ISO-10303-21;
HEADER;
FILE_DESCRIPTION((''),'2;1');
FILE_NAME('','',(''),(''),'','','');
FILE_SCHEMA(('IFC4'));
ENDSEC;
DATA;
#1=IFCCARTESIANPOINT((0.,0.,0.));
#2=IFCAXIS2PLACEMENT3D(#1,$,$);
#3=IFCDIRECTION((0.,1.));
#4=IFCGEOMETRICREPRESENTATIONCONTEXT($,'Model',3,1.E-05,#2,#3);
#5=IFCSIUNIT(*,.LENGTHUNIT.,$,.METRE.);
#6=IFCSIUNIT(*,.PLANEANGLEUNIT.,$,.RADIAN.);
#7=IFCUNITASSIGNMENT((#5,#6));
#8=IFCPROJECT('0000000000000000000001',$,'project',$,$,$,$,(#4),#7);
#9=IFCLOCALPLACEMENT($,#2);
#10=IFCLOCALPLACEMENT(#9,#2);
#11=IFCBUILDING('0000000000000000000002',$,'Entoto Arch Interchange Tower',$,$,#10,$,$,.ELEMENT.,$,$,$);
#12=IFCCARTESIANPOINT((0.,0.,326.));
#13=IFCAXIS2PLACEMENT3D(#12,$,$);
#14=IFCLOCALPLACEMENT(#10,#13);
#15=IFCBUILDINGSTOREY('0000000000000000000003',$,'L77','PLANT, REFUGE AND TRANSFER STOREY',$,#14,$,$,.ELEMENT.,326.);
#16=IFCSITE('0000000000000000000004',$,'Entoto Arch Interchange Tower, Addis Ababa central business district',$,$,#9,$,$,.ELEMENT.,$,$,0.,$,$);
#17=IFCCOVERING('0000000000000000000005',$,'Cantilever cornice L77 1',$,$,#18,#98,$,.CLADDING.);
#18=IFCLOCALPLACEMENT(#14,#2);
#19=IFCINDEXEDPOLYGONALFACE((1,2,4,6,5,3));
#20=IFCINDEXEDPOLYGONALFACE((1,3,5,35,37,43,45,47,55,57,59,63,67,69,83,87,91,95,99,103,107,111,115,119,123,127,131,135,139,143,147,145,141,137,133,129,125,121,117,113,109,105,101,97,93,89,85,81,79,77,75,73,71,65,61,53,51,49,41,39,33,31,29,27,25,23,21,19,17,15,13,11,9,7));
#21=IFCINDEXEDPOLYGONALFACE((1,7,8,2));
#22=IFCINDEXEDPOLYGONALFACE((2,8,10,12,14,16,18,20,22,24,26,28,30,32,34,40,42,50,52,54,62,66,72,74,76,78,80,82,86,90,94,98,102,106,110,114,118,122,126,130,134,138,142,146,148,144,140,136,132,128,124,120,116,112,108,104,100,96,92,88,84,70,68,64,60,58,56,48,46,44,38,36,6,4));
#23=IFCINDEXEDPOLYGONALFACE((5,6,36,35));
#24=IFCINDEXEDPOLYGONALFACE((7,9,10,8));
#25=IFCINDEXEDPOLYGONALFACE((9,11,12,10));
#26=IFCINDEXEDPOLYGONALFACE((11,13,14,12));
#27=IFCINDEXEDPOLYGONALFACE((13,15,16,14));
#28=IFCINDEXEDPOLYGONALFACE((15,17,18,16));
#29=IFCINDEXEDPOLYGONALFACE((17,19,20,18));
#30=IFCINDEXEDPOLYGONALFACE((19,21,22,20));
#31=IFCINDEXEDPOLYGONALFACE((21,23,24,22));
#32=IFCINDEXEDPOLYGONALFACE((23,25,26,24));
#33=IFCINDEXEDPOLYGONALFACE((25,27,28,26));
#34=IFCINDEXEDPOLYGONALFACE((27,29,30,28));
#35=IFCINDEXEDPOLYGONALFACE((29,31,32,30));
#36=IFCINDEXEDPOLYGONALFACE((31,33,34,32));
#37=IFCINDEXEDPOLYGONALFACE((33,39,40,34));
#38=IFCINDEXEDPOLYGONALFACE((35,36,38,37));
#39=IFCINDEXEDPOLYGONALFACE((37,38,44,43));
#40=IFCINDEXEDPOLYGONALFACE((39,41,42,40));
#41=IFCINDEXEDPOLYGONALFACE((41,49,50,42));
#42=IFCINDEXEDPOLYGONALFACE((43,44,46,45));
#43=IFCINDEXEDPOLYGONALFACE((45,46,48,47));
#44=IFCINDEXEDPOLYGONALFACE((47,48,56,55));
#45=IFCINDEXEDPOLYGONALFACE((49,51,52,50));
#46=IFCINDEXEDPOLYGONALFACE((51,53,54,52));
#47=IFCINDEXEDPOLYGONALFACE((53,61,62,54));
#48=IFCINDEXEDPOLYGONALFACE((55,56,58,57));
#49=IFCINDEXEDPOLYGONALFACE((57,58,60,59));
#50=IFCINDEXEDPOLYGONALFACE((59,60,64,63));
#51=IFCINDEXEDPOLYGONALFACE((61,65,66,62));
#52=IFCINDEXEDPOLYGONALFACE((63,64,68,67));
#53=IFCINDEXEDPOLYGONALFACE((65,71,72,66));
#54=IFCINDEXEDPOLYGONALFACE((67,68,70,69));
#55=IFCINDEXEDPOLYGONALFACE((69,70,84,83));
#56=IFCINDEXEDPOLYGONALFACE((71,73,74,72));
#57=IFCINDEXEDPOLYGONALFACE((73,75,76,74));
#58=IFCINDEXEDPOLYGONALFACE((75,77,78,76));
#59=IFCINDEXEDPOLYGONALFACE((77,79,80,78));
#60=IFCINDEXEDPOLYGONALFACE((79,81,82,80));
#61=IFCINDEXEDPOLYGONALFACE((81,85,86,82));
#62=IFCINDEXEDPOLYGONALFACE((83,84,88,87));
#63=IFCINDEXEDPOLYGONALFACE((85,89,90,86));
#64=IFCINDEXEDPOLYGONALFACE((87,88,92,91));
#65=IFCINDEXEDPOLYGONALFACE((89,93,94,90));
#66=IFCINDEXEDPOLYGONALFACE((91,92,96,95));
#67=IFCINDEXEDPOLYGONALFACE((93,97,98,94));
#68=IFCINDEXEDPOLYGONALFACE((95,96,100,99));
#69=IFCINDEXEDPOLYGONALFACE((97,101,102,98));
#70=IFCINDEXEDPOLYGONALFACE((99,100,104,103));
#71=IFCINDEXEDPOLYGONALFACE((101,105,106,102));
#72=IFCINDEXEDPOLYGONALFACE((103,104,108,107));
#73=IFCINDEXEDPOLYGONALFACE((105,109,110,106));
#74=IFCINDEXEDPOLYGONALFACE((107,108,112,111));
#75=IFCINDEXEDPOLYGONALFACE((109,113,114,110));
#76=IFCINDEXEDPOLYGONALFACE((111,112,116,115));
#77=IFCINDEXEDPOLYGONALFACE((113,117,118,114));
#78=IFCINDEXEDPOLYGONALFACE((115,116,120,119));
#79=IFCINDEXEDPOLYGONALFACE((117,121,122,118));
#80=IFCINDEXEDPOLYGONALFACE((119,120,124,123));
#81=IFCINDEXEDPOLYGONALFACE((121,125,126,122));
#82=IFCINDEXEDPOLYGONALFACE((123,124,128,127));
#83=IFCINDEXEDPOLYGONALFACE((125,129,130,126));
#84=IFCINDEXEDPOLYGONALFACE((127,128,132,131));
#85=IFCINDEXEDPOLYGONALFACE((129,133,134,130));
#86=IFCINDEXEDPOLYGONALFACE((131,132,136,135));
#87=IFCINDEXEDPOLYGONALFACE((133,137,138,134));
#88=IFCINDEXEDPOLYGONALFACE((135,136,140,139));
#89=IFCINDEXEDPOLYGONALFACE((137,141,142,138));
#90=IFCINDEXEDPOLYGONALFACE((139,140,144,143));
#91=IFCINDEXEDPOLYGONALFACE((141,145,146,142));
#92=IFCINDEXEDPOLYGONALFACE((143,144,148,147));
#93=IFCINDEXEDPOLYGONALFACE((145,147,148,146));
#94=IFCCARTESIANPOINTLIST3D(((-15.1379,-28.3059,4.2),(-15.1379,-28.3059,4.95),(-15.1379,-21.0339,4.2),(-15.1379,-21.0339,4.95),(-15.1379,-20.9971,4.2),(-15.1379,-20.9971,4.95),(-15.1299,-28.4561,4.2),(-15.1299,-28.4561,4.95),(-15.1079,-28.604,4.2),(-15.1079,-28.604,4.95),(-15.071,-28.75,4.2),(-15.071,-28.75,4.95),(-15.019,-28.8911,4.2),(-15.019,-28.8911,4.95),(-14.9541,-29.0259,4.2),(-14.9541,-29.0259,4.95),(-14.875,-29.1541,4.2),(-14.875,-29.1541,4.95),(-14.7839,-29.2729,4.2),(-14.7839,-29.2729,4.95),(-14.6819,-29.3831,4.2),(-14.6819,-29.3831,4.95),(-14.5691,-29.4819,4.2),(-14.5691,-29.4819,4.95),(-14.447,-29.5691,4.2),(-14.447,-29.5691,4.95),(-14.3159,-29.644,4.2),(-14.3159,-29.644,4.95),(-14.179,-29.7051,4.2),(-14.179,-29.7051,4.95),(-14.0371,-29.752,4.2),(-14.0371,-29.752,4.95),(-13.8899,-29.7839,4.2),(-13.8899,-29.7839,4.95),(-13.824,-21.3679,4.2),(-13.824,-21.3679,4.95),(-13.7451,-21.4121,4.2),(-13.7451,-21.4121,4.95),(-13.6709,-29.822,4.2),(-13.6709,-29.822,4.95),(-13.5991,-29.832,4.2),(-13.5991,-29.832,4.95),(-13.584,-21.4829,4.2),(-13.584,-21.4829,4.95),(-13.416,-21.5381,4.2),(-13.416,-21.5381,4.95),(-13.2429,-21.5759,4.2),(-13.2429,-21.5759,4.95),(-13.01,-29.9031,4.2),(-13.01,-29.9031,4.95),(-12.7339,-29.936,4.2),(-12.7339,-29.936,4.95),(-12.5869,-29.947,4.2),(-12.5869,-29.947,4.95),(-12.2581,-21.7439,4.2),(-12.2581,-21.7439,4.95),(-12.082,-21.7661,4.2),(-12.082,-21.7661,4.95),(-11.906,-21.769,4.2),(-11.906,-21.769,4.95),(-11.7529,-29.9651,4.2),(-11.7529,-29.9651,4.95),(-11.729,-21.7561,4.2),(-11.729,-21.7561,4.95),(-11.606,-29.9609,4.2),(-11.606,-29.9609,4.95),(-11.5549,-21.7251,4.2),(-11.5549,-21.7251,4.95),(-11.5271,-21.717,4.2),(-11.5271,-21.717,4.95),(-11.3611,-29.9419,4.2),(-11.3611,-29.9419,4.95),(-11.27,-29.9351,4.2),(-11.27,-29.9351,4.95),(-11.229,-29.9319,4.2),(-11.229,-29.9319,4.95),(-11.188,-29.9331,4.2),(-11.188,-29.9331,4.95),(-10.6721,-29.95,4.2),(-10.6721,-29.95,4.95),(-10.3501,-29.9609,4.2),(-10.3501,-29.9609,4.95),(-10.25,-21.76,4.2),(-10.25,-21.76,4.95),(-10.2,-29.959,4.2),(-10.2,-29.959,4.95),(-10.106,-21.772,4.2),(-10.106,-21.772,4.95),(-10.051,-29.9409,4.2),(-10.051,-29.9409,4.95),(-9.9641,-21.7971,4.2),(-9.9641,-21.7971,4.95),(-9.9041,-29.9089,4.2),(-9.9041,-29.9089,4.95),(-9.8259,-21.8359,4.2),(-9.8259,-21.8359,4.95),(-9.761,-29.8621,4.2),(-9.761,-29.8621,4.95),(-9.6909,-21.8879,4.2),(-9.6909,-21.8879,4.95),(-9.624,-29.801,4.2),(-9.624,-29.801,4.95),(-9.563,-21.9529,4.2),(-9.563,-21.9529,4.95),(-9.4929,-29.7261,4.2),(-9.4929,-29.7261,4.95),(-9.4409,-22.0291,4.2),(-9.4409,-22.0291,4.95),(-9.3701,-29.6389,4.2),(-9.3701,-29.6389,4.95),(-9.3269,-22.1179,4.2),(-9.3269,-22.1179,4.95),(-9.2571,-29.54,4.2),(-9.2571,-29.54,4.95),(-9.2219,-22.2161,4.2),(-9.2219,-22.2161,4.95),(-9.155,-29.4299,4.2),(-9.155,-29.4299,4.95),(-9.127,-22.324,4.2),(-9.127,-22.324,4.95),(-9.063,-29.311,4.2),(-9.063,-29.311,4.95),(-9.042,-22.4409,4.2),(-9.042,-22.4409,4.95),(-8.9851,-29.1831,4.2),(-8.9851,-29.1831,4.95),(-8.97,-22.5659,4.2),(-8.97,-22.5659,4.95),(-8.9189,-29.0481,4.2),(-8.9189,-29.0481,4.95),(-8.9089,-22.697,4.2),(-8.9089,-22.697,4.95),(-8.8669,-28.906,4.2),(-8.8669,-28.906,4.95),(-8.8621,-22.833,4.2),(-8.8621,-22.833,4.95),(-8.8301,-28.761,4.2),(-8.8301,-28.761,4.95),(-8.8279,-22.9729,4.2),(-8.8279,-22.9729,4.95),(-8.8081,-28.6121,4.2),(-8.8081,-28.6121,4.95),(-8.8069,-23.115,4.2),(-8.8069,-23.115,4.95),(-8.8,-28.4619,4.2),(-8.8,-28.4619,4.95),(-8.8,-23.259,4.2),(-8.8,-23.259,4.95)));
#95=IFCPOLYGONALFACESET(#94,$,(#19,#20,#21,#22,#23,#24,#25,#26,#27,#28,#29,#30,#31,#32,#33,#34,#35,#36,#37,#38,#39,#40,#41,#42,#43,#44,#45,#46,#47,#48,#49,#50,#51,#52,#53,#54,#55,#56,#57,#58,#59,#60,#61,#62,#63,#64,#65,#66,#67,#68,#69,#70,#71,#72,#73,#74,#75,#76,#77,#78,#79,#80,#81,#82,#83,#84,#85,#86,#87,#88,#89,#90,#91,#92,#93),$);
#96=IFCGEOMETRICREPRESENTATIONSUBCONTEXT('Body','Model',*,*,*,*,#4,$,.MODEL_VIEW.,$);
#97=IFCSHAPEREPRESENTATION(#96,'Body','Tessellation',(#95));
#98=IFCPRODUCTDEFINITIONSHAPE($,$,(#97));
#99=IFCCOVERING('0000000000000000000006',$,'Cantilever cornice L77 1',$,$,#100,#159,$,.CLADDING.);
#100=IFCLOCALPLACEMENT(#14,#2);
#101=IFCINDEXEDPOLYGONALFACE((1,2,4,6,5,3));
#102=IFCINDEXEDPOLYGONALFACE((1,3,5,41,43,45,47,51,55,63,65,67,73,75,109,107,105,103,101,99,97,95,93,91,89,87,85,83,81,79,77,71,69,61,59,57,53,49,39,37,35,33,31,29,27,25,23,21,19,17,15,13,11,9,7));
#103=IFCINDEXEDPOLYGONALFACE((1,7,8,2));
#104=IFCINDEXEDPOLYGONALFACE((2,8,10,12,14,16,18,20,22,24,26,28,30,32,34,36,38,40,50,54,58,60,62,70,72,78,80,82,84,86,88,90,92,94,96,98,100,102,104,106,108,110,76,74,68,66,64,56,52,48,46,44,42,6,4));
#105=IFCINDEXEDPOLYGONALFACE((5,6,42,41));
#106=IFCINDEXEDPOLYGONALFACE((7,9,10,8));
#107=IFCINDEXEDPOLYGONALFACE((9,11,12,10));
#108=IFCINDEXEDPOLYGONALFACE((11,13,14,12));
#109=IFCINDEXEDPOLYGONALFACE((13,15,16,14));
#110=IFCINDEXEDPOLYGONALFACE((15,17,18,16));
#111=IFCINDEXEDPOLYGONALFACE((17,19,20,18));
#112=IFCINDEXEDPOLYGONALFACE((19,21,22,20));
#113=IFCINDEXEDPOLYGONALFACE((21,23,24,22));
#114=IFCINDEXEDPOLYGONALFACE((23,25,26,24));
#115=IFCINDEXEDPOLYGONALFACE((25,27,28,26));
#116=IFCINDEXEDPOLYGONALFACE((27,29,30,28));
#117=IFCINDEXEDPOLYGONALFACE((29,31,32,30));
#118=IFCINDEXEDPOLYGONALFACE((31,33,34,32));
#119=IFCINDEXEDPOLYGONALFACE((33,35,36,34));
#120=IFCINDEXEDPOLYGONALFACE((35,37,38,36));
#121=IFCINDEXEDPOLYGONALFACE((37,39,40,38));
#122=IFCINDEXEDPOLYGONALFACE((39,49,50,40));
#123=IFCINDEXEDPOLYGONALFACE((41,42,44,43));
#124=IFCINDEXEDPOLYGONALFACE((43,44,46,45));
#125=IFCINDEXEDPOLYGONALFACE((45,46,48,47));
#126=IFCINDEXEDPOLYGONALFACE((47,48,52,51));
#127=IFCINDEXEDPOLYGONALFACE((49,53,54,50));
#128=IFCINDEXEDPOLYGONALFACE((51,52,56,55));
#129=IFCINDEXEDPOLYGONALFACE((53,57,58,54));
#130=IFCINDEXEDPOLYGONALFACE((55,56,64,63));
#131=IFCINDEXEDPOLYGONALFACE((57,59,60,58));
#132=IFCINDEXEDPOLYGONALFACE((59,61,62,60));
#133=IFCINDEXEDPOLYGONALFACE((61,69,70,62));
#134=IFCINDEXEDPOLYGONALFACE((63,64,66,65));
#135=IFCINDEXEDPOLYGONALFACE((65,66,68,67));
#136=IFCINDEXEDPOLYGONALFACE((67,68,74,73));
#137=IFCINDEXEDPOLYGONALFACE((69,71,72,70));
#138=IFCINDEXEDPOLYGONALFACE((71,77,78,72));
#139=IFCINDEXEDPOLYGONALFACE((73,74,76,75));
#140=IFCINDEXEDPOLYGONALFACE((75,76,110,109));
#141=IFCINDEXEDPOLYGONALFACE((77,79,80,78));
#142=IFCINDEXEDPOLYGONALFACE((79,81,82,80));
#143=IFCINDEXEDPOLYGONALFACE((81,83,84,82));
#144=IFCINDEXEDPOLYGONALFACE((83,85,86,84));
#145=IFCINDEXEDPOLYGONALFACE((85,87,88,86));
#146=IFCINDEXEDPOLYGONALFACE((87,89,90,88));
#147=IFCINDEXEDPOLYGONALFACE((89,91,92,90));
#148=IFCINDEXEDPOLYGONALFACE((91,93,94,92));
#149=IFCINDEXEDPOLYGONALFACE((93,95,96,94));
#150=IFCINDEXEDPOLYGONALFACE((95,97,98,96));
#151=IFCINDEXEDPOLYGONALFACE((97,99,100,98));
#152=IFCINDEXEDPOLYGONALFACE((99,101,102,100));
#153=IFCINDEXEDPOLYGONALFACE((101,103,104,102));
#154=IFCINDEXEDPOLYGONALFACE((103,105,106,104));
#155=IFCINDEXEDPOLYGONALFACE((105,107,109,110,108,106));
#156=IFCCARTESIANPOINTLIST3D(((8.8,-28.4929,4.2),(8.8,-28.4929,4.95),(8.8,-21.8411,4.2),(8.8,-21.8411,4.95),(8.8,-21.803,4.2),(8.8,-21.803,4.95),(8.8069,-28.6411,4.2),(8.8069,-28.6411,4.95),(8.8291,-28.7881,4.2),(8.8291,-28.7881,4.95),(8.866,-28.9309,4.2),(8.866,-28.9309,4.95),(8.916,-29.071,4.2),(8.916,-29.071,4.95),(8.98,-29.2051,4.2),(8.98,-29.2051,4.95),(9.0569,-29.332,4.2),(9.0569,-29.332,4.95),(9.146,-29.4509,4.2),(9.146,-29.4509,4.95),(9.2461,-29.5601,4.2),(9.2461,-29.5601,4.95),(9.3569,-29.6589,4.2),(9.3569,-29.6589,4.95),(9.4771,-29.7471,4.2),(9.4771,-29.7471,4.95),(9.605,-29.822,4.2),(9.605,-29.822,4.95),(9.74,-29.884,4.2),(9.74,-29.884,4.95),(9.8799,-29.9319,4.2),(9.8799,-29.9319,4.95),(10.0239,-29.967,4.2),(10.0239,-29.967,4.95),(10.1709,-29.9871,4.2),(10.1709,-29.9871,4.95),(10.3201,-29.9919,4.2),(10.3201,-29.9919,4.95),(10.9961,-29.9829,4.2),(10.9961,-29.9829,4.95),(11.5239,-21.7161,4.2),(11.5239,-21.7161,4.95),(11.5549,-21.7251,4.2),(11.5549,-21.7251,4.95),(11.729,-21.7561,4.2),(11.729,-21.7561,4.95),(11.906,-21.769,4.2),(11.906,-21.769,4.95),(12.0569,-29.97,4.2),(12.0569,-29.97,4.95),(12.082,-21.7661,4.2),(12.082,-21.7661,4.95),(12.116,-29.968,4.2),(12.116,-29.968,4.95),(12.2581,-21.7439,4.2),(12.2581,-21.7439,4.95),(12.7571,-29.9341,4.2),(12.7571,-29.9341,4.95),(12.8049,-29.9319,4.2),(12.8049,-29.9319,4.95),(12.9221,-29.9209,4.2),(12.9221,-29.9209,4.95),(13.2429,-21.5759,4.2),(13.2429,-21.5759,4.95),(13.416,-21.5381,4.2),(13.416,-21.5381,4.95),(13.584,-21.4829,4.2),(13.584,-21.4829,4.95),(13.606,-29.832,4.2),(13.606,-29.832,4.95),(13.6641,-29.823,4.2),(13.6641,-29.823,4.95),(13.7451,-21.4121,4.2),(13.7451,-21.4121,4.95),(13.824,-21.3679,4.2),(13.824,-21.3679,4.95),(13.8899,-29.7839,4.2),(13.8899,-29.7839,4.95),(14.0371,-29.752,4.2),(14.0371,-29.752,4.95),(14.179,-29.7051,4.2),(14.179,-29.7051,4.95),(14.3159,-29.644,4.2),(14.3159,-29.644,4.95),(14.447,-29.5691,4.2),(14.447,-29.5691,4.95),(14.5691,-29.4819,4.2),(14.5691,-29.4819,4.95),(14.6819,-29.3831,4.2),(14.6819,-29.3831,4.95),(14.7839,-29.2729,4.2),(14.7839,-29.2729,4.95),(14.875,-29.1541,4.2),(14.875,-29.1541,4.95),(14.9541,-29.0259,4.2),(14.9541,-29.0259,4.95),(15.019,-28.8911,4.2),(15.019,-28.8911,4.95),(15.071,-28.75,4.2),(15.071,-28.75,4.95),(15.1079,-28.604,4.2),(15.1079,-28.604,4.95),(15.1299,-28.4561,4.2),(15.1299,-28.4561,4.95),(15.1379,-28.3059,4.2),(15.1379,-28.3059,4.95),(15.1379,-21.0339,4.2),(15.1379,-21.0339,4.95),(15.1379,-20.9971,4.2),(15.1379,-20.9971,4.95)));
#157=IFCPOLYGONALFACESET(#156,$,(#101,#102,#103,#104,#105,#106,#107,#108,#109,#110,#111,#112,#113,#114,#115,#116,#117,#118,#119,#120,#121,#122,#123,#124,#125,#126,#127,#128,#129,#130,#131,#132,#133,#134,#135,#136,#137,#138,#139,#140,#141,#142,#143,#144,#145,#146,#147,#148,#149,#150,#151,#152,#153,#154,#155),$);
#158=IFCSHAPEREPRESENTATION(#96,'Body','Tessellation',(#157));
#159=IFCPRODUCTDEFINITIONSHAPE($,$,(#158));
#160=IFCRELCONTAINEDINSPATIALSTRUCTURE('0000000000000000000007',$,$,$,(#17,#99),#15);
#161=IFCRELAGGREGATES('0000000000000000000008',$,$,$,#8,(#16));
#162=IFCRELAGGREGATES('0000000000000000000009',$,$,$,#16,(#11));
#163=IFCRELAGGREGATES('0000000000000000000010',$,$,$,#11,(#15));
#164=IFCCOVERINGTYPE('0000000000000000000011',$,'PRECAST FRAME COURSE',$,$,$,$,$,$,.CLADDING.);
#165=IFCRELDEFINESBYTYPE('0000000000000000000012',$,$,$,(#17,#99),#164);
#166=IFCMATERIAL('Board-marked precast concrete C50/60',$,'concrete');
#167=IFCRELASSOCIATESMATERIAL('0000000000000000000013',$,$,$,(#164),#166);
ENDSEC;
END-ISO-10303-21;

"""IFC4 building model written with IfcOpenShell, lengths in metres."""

from ifc_helpers import new_model, si_unit, direction, frame, origin, place, context, subcontext, project, spatial, polyline, outline, extrude, material, type_object, element, save


model = new_model("IFC4")

# Units and contexts
model_context = context("Model", 3, precision=1e-05, world=origin(), true_north=direction((0.0, 1.0)))
body_context = subcontext(model_context, "Body", "Model", "MODEL_VIEW")
ifc_project = project(units=[si_unit("LENGTHUNIT", "METRE"), si_unit("PLANEANGLEUNIT", "RADIAN")], contexts=[model_context])

# Site, building, storey
site_placement = place(None, origin())
site = spatial("IfcSite", under=ifc_project, at=site_placement, Name="Entoto Arch Interchange Tower, Addis Ababa central business district", CompositionType="ELEMENT", RefElevation=0.0)
building_placement = place(site_placement, origin())
building = spatial("IfcBuilding", under=site, at=building_placement, Name="Entoto Arch Interchange Tower", CompositionType="ELEMENT")
storey_placement = place(building_placement, frame((0.0, 0.0, 326.0)))
storey = spatial("IfcBuildingStorey", under=building, at=storey_placement, Name="L77", Description="PLANT, REFUGE AND TRANSFER STOREY", CompositionType="ELEMENT", Elevation=326.0)

# Coverings
ifc_material_1 = material(Name="Board-marked precast concrete C50/60", Category="concrete")
covering_type_1 = type_object("IfcCoveringType", Name="PRECAST FRAME COURSE", PredefinedType="CLADDING", material=ifc_material_1)
covering_1_placement = place(storey_placement, frame((0.0, 0.0, 4.2)))
element("IfcCovering", 1, at=covering_1_placement, inside=storey, type_object=covering_type_1, Name="Cantilever cornice L77 1", PredefinedType="CLADDING", context=body_context, shape_type="SweptSolid", body=[
    extrude(outline(polyline([(-9.6909, -21.8879), (-9.563, -21.9529), (-9.4409, -22.0291), (-9.3269, -22.1179), (-9.2219, -22.2161), (-9.127, -22.324), (-9.042, -22.4409), (-8.97, -22.5659), (-8.9089, -22.697), (-8.8621, -22.833), (-8.8279, -22.9729), (-8.8069, -23.115), (-8.8, -23.259), (-8.8, -28.4619), (-8.8081, -28.6121), (-8.8301, -28.761), (-8.8669, -28.906), (-8.9189, -29.0481), (-8.9851, -29.1831), (-9.063, -29.311), (-9.155, -29.4299), (-9.2571, -29.54), (-9.3701, -29.6389), (-9.4929, -29.7261), (-9.624, -29.801), (-9.761, -29.8621), (-9.9041, -29.9089), (-10.051, -29.9409), (-10.2, -29.959), (-10.3501, -29.9609), (-10.6721, -29.95), (-11.188, -29.9331), (-11.229, -29.9319), (-11.27, -29.9351), (-11.3611, -29.9419), (-11.606, -29.9609), (-11.7529, -29.9651), (-12.5869, -29.947), (-12.7339, -29.936), (-13.01, -29.9031), (-13.5991, -29.832), (-13.6709, -29.822), (-13.8899, -29.7839), (-14.0371, -29.752), (-14.179, -29.7051), (-14.3159, -29.644), (-14.447, -29.5691), (-14.5691, -29.4819), (-14.6819, -29.3831), (-14.7839, -29.2729), (-14.875, -29.1541), (-14.9541, -29.0259), (-15.019, -28.8911), (-15.071, -28.75), (-15.1079, -28.604), (-15.1299, -28.4561), (-15.1379, -28.3059), (-15.1379, -21.0339), (-15.1379, -20.9971), (-13.824, -21.3679), (-13.7451, -21.4121), (-13.584, -21.4829), (-13.416, -21.5381), (-13.2429, -21.5759), (-12.2581, -21.7439), (-12.082, -21.7661), (-11.906, -21.769), (-11.729, -21.7561), (-11.5549, -21.7251), (-11.5271, -21.717), (-10.25, -21.76), (-10.106, -21.772), (-9.9641, -21.7971), (-9.8259, -21.8359), (-9.6909, -21.8879)])), origin(), (0.0, 0.0, 1.0), 0.75),
])
covering_2_placement = place(storey_placement, frame((0.0, 0.0, 4.2)))
element("IfcCovering", 2, at=covering_2_placement, inside=storey, type_object=covering_type_1, Name="Cantilever cornice L77 1", PredefinedType="CLADDING", context=body_context, shape_type="SweptSolid", body=[
    extrude(outline(polyline([(15.1079, -28.604), (15.071, -28.75), (15.019, -28.8911), (14.9541, -29.0259), (14.875, -29.1541), (14.7839, -29.2729), (14.6819, -29.3831), (14.5691, -29.4819), (14.447, -29.5691), (14.3159, -29.644), (14.179, -29.7051), (14.0371, -29.752), (13.8899, -29.7839), (13.6641, -29.823), (13.606, -29.832), (12.9221, -29.9209), (12.8049, -29.9319), (12.7571, -29.9341), (12.116, -29.968), (12.0569, -29.97), (10.9961, -29.9829), (10.3201, -29.9919), (10.1709, -29.9871), (10.0239, -29.967), (9.8799, -29.9319), (9.74, -29.884), (9.605, -29.822), (9.4771, -29.7471), (9.3569, -29.6589), (9.2461, -29.5601), (9.146, -29.4509), (9.0569, -29.332), (8.98, -29.2051), (8.916, -29.071), (8.866, -28.9309), (8.8291, -28.7881), (8.8069, -28.6411), (8.8, -28.4929), (8.8, -21.8411), (8.8, -21.803), (11.5239, -21.7161), (11.5549, -21.7251), (11.729, -21.7561), (11.906, -21.769), (12.082, -21.7661), (12.2581, -21.7439), (13.2429, -21.5759), (13.416, -21.5381), (13.584, -21.4829), (13.7451, -21.4121), (13.824, -21.3679), (15.1379, -20.9971), (15.1379, -21.0339), (15.1379, -28.3059), (15.1299, -28.4561), (15.1079, -28.604)])), origin(), (0.0, 0.0, 1.0), 0.75),
])

save(model, "model.ifc")
